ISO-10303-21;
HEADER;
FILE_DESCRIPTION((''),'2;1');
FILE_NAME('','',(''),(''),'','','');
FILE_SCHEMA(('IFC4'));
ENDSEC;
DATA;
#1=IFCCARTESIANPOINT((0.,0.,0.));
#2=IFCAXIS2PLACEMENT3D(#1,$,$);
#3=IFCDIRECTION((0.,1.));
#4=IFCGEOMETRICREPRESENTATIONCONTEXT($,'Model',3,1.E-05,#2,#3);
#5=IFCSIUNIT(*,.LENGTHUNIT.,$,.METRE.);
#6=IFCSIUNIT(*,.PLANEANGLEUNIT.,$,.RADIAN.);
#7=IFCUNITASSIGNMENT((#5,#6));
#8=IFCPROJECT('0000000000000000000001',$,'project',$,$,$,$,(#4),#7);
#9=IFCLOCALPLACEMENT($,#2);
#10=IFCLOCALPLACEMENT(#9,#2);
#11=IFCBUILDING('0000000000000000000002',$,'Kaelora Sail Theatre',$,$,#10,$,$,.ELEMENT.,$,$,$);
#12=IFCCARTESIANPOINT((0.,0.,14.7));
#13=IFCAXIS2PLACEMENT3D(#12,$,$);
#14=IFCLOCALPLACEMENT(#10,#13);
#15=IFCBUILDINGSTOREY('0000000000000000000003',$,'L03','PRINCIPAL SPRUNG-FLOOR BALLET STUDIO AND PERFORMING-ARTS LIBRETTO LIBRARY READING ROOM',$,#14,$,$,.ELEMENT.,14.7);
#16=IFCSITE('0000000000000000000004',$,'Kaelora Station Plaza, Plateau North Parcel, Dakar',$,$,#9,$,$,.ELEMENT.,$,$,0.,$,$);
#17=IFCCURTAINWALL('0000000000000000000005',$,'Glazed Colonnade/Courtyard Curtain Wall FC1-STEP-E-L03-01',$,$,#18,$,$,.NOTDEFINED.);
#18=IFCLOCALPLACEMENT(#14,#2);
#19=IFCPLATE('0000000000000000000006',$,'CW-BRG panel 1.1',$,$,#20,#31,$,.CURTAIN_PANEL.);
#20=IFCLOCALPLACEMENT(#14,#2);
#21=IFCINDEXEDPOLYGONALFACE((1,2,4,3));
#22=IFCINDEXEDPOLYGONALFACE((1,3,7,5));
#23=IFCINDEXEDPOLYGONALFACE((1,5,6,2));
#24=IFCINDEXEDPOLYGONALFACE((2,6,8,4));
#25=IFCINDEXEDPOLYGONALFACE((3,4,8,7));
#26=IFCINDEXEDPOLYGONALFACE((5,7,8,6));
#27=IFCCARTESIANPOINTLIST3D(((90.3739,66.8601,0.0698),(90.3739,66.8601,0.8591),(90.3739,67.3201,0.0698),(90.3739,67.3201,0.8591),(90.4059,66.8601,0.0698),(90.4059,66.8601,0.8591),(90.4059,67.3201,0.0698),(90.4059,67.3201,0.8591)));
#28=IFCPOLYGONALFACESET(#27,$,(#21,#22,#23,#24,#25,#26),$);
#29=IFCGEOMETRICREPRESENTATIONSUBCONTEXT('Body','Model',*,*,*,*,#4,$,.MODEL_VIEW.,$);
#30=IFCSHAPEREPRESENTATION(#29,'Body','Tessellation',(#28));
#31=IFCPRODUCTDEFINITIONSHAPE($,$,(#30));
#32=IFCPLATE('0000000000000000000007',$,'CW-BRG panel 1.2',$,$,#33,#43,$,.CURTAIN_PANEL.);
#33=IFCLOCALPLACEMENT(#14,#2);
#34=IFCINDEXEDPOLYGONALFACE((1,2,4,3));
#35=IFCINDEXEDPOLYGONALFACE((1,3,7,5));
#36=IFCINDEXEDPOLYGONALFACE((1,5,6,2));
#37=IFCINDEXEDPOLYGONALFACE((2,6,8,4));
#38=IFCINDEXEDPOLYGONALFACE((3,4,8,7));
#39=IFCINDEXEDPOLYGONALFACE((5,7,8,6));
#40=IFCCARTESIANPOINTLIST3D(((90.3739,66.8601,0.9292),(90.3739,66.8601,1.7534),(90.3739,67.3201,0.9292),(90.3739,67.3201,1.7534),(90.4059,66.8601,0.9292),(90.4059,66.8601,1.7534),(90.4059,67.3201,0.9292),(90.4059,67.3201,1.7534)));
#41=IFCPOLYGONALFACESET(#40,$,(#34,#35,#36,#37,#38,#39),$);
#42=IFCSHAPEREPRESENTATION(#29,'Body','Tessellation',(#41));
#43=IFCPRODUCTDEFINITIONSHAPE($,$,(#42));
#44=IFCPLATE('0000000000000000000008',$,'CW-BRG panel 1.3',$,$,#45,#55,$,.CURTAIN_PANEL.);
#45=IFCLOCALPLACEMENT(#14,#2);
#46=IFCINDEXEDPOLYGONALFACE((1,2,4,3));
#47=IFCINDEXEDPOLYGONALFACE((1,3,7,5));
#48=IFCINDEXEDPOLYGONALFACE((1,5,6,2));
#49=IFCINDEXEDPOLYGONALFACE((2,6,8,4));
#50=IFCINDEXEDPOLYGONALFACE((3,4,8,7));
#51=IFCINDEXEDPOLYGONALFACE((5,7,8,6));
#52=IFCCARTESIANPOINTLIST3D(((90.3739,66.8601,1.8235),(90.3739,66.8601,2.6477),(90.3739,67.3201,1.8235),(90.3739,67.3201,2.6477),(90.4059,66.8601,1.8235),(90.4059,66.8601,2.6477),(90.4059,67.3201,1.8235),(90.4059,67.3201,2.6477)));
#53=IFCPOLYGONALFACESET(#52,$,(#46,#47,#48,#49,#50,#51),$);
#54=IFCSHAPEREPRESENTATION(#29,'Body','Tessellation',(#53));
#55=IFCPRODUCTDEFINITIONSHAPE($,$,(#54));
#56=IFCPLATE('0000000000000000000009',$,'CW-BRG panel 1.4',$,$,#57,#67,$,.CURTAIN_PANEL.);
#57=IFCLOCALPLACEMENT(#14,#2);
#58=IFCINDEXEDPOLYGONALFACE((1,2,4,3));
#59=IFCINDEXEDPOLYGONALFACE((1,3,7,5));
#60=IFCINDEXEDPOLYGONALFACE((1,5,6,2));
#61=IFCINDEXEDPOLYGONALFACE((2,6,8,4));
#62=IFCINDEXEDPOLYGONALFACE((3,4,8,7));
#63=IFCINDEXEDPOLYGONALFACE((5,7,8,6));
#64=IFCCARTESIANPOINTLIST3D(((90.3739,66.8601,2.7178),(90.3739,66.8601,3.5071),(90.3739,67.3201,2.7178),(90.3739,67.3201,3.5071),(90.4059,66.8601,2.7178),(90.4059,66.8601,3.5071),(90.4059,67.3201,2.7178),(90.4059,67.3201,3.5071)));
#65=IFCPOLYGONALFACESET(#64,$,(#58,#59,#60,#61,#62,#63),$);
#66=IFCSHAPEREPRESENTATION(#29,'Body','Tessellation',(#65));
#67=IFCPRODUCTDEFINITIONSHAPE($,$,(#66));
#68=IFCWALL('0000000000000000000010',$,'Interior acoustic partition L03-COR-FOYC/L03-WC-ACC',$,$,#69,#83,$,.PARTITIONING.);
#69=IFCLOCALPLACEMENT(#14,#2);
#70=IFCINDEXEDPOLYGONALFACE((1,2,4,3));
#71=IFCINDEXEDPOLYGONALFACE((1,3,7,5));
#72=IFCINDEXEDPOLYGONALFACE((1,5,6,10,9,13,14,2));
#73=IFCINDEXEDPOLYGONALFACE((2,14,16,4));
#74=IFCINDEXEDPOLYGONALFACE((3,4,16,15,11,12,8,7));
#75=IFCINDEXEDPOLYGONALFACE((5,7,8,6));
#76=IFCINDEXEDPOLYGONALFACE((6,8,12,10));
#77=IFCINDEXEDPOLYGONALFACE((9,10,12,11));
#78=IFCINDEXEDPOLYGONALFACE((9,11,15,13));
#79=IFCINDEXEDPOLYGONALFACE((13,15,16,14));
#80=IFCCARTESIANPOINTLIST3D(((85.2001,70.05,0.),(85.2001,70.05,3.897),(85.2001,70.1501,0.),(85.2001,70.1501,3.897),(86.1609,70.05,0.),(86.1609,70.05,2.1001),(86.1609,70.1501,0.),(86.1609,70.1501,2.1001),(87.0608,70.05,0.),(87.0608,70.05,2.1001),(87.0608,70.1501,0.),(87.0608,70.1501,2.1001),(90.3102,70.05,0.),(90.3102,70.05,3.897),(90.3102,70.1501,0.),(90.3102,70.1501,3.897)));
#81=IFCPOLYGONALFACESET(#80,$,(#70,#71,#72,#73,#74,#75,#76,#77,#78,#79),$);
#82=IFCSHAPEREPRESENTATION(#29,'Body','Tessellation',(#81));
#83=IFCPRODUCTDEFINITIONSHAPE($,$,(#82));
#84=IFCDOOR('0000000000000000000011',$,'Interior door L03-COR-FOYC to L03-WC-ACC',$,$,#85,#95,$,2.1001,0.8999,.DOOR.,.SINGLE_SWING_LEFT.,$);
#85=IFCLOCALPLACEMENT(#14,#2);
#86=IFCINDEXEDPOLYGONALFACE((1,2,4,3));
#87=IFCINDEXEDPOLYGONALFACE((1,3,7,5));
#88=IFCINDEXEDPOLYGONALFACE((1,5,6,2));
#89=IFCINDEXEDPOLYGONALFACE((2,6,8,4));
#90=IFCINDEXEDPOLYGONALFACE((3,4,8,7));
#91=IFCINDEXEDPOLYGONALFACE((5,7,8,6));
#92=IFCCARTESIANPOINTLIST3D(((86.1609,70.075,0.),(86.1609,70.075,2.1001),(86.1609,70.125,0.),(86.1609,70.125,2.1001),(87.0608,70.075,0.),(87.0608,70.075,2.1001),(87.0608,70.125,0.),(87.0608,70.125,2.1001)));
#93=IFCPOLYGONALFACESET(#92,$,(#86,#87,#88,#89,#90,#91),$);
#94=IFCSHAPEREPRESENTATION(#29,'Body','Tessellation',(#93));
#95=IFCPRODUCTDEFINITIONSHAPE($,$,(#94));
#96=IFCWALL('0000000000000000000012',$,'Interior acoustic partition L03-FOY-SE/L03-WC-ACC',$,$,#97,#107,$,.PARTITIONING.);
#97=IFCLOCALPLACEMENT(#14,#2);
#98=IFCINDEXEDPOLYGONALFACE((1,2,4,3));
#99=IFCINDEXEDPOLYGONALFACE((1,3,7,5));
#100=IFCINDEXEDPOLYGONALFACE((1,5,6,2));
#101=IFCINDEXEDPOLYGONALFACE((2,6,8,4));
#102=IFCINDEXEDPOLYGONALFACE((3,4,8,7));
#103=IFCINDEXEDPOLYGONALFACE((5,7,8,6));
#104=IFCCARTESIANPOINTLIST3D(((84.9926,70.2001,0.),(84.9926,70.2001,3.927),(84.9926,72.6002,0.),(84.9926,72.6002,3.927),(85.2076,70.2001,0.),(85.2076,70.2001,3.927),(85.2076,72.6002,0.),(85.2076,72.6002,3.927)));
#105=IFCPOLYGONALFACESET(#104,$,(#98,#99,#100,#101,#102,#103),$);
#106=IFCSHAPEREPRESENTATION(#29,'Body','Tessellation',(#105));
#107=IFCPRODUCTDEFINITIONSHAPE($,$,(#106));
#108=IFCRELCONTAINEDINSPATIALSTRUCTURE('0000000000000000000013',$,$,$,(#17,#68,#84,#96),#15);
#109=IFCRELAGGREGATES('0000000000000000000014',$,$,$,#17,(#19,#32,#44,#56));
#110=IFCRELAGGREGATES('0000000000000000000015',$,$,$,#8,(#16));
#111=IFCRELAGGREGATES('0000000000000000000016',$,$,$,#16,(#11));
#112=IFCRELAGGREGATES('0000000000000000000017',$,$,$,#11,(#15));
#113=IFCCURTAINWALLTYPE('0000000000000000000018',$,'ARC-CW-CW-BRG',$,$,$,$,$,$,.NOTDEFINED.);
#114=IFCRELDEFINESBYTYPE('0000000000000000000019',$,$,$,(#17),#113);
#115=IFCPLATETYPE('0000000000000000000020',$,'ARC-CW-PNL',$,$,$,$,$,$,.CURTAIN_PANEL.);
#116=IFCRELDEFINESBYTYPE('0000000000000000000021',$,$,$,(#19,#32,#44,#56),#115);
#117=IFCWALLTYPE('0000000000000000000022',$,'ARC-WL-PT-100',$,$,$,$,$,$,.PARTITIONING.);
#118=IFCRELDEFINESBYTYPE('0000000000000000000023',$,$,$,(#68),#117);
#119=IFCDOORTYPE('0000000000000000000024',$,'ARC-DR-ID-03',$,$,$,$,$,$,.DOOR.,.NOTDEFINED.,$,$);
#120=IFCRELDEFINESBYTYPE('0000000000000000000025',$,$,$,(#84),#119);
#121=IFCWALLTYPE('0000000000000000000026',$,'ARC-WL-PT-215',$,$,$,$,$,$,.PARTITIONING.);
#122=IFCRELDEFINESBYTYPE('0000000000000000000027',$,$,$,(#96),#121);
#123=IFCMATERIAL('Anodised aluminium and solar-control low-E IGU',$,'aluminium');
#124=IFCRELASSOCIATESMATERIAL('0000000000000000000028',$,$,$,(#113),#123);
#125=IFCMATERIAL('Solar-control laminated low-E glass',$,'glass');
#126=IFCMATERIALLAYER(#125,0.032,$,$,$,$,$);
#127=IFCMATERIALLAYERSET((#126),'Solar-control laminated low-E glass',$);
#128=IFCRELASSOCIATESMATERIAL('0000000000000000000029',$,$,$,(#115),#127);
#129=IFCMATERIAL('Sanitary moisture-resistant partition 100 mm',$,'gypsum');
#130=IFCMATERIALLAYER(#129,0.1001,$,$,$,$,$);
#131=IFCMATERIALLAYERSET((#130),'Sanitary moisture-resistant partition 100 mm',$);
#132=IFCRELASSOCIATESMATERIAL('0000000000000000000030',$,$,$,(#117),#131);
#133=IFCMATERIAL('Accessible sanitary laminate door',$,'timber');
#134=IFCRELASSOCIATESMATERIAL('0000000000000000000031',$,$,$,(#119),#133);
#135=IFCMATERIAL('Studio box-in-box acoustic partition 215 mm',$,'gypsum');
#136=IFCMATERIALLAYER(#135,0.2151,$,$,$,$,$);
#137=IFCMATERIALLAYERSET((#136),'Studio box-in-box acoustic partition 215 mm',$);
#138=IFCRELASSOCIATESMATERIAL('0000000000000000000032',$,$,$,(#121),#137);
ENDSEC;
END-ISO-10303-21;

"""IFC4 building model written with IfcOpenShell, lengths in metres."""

from ifc_helpers import new_model, si_unit, direction, frame, frame_2d, origin, origin_2d, place, context, subcontext, project, spatial, rectangle, extrude, material, layer, layer_set, type_object, element, fill, aggregate, save


model = new_model("IFC4")

# Units and contexts
model_context = context("Model", 3, precision=1e-05, world=origin(), true_north=direction((0.0, 1.0)))
body_context = subcontext(model_context, "Body", "Model", "MODEL_VIEW")
ifc_project = project(units=[si_unit("LENGTHUNIT", "METRE"), si_unit("PLANEANGLEUNIT", "RADIAN")], contexts=[model_context])

# Site, building, storey
site_placement = place(None, origin())
site = spatial("IfcSite", under=ifc_project, at=site_placement, Name="Kaelora Station Plaza, Plateau North Parcel, Dakar", CompositionType="ELEMENT", RefElevation=0.0)
building_placement = place(site_placement, origin())
building = spatial("IfcBuilding", under=site, at=building_placement, Name="Kaelora Sail Theatre", CompositionType="ELEMENT")
storey_placement = place(building_placement, frame((0.0, 0.0, 14.7)))
storey = spatial("IfcBuildingStorey", under=building, at=storey_placement, Name="L03", Description="PRINCIPAL SPRUNG-FLOOR BALLET STUDIO AND PERFORMING-ARTS LIBRETTO LIBRARY READING ROOM", CompositionType="ELEMENT", Elevation=14.7)

# Shared definitions
ifc_material_1 = material(Name="Anodised aluminium and solar-control low-E IGU", Category="aluminium")
curtain_wall_type = type_object("IfcCurtainWallType", Name="ARC-CW-CW-BRG", PredefinedType="NOTDEFINED", material=ifc_material_1)

# Curtain wall
curtain_wall_1_placement = place(storey_placement, origin())
curtain_wall_1 = element("IfcCurtainWall", 1, at=curtain_wall_1_placement, inside=storey, type_object=curtain_wall_type, Name="Glazed Colonnade/Courtyard Curtain Wall FC1-STEP-E-L03-01", PredefinedType="NOTDEFINED")

# Plates
ifc_material_2 = material(Name="Solar-control laminated low-E glass", Category="glass")
ifc_layer_1 = layer(ifc_material_2, 0.032)
ifc_layer_set_1 = layer_set([ifc_layer_1], Name="Solar-control laminated low-E glass")
plate_type = type_object("IfcPlateType", Name="ARC-CW-PNL", PredefinedType="CURTAIN_PANEL", material=ifc_layer_set_1)
plate_1_placement = place(storey_placement, frame((90.3899, 67.0901, 0.0698), z_axis=(0.0, 0.0, 1.0), x_axis=(0.0, 1.0, 0.0)))
plate_1 = element("IfcPlate", 2, at=plate_1_placement, type_object=plate_type, Name="CW-BRG panel 1.1", PredefinedType="CURTAIN_PANEL", context=body_context, shape_type="SweptSolid", body=[
    extrude(rectangle(XDim=0.46, YDim=0.032, at=origin_2d()), origin(), (0.0, 0.0, 1.0), 0.7893),
])
plate_2_placement = place(storey_placement, frame((90.3899, 67.0901, 0.9292), z_axis=(0.0, 0.0, 1.0), x_axis=(0.0, 1.0, 0.0)))
plate_2 = element("IfcPlate", 3, at=plate_2_placement, type_object=plate_type, Name="CW-BRG panel 1.2", PredefinedType="CURTAIN_PANEL", context=body_context, shape_type="SweptSolid", body=[
    extrude(rectangle(XDim=0.46, YDim=0.032, at=origin_2d()), origin(), (0.0, 0.0, 1.0), 0.8242),
])
plate_3_placement = place(storey_placement, frame((90.3899, 67.0901, 1.8235), z_axis=(0.0, 0.0, 1.0), x_axis=(0.0, 1.0, 0.0)))
plate_3 = element("IfcPlate", 4, at=plate_3_placement, type_object=plate_type, Name="CW-BRG panel 1.3", PredefinedType="CURTAIN_PANEL", context=body_context, shape_type="SweptSolid", body=[
    extrude(rectangle(XDim=0.46, YDim=0.032, at=origin_2d()), origin(), (0.0, 0.0, 1.0), 0.8242),
])
plate_4_placement = place(storey_placement, frame((90.3899, 67.0901, 2.7178), z_axis=(0.0, 0.0, 1.0), x_axis=(0.0, 1.0, 0.0)))
plate_4 = element("IfcPlate", 5, at=plate_4_placement, type_object=plate_type, Name="CW-BRG panel 1.4", PredefinedType="CURTAIN_PANEL", context=body_context, shape_type="SweptSolid", body=[
    extrude(rectangle(XDim=0.46, YDim=0.032, at=origin_2d()), origin(), (0.0, 0.0, 1.0), 0.7893),
])
aggregate(curtain_wall_1, [plate_1, plate_2, plate_3, plate_4])

# Wall, opening, door
ifc_material_3 = material(Name="Sanitary moisture-resistant partition 100 mm", Category="gypsum")
ifc_layer_2 = layer(ifc_material_3, 0.1001)
ifc_layer_set_2 = layer_set([ifc_layer_2], Name="Sanitary moisture-resistant partition 100 mm")
wall_type_1 = type_object("IfcWallType", Name="ARC-WL-PT-100", PredefinedType="PARTITIONING", material=ifc_layer_set_2)
wall_1_placement = place(storey_placement, frame((85.2, 70.1001, 0.0), z_axis=(0.0, 0.0, 1.0), x_axis=(1.0, 0.0, 0.0)))
wall_1 = element("IfcWall", 6, at=wall_1_placement, inside=storey, type_object=wall_type_1, Name="Interior acoustic partition L03-COR-FOYC/L03-WC-ACC", PredefinedType="PARTITIONING", context=body_context, shape_type="SweptSolid", body=[
    extrude(rectangle(XDim=5.1101, YDim=0.1001, at=frame_2d((2.5552, 0.0))), origin(), (0.0, 0.0, 1.0), 3.897),
])
opening_placement = place(wall_1_placement, frame((0.9609, 0.0, 0.0)))
opening = element("IfcOpeningElement", 7, at=opening_placement, cuts=wall_1, PredefinedType="OPENING", context=body_context, shape_type="SweptSolid", body=[
    extrude(rectangle(XDim=0.8999, YDim=2.1001, at=frame_2d((0.45, 1.05))), frame((0.0, 0.06, 0.0), z_axis=(0.0, -1.0, 0.0), x_axis=(1.0, 0.0, 0.0)), (0.0, 0.0, 1.0), 0.1201),
])
ifc_material_4 = material(Name="Accessible sanitary laminate door", Category="timber")
door_type = type_object("IfcDoorType", Name="ARC-DR-ID-03", OperationType="NOTDEFINED", PredefinedType="DOOR", material=ifc_material_4)
door_placement = place(opening_placement, origin())
door = element("IfcDoor", 8, at=door_placement, inside=storey, type_object=door_type, Name="Interior door L03-COR-FOYC to L03-WC-ACC", OperationType="SINGLE_SWING_LEFT", OverallHeight=2.1001, OverallWidth=0.8999, PredefinedType="DOOR", context=body_context, shape_type="SweptSolid", body=[
    extrude(rectangle(XDim=0.8999, YDim=2.1001, at=frame_2d((0.45, 1.05))), frame((0.0, 0.0249, 0.0), z_axis=(0.0, -1.0, 0.0), x_axis=(1.0, 0.0, 0.0)), (0.0, 0.0, 1.0), 0.05),
])
fill(opening, door)

# Wall
ifc_material_5 = material(Name="Studio box-in-box acoustic partition 215 mm", Category="gypsum")
ifc_layer_3 = layer(ifc_material_5, 0.2151)
ifc_layer_set_3 = layer_set([ifc_layer_3], Name="Studio box-in-box acoustic partition 215 mm")
wall_type_2 = type_object("IfcWallType", Name="ARC-WL-PT-215", PredefinedType="PARTITIONING", material=ifc_layer_set_3)
wall_2_placement = place(storey_placement, frame((85.1001, 70.2, 0.0), z_axis=(0.0, 0.0, 1.0), x_axis=(0.0, 1.0, 0.0)))
element("IfcWall", 9, at=wall_2_placement, inside=storey, type_object=wall_type_2, Name="Interior acoustic partition L03-FOY-SE/L03-WC-ACC", PredefinedType="PARTITIONING", context=body_context, shape_type="SweptSolid", body=[
    extrude(rectangle(XDim=2.4001, YDim=0.2151, at=frame_2d((1.2002, 0.0))), origin(), (0.0, 0.0, 1.0), 3.927),
])

save(model, "model.ifc")
